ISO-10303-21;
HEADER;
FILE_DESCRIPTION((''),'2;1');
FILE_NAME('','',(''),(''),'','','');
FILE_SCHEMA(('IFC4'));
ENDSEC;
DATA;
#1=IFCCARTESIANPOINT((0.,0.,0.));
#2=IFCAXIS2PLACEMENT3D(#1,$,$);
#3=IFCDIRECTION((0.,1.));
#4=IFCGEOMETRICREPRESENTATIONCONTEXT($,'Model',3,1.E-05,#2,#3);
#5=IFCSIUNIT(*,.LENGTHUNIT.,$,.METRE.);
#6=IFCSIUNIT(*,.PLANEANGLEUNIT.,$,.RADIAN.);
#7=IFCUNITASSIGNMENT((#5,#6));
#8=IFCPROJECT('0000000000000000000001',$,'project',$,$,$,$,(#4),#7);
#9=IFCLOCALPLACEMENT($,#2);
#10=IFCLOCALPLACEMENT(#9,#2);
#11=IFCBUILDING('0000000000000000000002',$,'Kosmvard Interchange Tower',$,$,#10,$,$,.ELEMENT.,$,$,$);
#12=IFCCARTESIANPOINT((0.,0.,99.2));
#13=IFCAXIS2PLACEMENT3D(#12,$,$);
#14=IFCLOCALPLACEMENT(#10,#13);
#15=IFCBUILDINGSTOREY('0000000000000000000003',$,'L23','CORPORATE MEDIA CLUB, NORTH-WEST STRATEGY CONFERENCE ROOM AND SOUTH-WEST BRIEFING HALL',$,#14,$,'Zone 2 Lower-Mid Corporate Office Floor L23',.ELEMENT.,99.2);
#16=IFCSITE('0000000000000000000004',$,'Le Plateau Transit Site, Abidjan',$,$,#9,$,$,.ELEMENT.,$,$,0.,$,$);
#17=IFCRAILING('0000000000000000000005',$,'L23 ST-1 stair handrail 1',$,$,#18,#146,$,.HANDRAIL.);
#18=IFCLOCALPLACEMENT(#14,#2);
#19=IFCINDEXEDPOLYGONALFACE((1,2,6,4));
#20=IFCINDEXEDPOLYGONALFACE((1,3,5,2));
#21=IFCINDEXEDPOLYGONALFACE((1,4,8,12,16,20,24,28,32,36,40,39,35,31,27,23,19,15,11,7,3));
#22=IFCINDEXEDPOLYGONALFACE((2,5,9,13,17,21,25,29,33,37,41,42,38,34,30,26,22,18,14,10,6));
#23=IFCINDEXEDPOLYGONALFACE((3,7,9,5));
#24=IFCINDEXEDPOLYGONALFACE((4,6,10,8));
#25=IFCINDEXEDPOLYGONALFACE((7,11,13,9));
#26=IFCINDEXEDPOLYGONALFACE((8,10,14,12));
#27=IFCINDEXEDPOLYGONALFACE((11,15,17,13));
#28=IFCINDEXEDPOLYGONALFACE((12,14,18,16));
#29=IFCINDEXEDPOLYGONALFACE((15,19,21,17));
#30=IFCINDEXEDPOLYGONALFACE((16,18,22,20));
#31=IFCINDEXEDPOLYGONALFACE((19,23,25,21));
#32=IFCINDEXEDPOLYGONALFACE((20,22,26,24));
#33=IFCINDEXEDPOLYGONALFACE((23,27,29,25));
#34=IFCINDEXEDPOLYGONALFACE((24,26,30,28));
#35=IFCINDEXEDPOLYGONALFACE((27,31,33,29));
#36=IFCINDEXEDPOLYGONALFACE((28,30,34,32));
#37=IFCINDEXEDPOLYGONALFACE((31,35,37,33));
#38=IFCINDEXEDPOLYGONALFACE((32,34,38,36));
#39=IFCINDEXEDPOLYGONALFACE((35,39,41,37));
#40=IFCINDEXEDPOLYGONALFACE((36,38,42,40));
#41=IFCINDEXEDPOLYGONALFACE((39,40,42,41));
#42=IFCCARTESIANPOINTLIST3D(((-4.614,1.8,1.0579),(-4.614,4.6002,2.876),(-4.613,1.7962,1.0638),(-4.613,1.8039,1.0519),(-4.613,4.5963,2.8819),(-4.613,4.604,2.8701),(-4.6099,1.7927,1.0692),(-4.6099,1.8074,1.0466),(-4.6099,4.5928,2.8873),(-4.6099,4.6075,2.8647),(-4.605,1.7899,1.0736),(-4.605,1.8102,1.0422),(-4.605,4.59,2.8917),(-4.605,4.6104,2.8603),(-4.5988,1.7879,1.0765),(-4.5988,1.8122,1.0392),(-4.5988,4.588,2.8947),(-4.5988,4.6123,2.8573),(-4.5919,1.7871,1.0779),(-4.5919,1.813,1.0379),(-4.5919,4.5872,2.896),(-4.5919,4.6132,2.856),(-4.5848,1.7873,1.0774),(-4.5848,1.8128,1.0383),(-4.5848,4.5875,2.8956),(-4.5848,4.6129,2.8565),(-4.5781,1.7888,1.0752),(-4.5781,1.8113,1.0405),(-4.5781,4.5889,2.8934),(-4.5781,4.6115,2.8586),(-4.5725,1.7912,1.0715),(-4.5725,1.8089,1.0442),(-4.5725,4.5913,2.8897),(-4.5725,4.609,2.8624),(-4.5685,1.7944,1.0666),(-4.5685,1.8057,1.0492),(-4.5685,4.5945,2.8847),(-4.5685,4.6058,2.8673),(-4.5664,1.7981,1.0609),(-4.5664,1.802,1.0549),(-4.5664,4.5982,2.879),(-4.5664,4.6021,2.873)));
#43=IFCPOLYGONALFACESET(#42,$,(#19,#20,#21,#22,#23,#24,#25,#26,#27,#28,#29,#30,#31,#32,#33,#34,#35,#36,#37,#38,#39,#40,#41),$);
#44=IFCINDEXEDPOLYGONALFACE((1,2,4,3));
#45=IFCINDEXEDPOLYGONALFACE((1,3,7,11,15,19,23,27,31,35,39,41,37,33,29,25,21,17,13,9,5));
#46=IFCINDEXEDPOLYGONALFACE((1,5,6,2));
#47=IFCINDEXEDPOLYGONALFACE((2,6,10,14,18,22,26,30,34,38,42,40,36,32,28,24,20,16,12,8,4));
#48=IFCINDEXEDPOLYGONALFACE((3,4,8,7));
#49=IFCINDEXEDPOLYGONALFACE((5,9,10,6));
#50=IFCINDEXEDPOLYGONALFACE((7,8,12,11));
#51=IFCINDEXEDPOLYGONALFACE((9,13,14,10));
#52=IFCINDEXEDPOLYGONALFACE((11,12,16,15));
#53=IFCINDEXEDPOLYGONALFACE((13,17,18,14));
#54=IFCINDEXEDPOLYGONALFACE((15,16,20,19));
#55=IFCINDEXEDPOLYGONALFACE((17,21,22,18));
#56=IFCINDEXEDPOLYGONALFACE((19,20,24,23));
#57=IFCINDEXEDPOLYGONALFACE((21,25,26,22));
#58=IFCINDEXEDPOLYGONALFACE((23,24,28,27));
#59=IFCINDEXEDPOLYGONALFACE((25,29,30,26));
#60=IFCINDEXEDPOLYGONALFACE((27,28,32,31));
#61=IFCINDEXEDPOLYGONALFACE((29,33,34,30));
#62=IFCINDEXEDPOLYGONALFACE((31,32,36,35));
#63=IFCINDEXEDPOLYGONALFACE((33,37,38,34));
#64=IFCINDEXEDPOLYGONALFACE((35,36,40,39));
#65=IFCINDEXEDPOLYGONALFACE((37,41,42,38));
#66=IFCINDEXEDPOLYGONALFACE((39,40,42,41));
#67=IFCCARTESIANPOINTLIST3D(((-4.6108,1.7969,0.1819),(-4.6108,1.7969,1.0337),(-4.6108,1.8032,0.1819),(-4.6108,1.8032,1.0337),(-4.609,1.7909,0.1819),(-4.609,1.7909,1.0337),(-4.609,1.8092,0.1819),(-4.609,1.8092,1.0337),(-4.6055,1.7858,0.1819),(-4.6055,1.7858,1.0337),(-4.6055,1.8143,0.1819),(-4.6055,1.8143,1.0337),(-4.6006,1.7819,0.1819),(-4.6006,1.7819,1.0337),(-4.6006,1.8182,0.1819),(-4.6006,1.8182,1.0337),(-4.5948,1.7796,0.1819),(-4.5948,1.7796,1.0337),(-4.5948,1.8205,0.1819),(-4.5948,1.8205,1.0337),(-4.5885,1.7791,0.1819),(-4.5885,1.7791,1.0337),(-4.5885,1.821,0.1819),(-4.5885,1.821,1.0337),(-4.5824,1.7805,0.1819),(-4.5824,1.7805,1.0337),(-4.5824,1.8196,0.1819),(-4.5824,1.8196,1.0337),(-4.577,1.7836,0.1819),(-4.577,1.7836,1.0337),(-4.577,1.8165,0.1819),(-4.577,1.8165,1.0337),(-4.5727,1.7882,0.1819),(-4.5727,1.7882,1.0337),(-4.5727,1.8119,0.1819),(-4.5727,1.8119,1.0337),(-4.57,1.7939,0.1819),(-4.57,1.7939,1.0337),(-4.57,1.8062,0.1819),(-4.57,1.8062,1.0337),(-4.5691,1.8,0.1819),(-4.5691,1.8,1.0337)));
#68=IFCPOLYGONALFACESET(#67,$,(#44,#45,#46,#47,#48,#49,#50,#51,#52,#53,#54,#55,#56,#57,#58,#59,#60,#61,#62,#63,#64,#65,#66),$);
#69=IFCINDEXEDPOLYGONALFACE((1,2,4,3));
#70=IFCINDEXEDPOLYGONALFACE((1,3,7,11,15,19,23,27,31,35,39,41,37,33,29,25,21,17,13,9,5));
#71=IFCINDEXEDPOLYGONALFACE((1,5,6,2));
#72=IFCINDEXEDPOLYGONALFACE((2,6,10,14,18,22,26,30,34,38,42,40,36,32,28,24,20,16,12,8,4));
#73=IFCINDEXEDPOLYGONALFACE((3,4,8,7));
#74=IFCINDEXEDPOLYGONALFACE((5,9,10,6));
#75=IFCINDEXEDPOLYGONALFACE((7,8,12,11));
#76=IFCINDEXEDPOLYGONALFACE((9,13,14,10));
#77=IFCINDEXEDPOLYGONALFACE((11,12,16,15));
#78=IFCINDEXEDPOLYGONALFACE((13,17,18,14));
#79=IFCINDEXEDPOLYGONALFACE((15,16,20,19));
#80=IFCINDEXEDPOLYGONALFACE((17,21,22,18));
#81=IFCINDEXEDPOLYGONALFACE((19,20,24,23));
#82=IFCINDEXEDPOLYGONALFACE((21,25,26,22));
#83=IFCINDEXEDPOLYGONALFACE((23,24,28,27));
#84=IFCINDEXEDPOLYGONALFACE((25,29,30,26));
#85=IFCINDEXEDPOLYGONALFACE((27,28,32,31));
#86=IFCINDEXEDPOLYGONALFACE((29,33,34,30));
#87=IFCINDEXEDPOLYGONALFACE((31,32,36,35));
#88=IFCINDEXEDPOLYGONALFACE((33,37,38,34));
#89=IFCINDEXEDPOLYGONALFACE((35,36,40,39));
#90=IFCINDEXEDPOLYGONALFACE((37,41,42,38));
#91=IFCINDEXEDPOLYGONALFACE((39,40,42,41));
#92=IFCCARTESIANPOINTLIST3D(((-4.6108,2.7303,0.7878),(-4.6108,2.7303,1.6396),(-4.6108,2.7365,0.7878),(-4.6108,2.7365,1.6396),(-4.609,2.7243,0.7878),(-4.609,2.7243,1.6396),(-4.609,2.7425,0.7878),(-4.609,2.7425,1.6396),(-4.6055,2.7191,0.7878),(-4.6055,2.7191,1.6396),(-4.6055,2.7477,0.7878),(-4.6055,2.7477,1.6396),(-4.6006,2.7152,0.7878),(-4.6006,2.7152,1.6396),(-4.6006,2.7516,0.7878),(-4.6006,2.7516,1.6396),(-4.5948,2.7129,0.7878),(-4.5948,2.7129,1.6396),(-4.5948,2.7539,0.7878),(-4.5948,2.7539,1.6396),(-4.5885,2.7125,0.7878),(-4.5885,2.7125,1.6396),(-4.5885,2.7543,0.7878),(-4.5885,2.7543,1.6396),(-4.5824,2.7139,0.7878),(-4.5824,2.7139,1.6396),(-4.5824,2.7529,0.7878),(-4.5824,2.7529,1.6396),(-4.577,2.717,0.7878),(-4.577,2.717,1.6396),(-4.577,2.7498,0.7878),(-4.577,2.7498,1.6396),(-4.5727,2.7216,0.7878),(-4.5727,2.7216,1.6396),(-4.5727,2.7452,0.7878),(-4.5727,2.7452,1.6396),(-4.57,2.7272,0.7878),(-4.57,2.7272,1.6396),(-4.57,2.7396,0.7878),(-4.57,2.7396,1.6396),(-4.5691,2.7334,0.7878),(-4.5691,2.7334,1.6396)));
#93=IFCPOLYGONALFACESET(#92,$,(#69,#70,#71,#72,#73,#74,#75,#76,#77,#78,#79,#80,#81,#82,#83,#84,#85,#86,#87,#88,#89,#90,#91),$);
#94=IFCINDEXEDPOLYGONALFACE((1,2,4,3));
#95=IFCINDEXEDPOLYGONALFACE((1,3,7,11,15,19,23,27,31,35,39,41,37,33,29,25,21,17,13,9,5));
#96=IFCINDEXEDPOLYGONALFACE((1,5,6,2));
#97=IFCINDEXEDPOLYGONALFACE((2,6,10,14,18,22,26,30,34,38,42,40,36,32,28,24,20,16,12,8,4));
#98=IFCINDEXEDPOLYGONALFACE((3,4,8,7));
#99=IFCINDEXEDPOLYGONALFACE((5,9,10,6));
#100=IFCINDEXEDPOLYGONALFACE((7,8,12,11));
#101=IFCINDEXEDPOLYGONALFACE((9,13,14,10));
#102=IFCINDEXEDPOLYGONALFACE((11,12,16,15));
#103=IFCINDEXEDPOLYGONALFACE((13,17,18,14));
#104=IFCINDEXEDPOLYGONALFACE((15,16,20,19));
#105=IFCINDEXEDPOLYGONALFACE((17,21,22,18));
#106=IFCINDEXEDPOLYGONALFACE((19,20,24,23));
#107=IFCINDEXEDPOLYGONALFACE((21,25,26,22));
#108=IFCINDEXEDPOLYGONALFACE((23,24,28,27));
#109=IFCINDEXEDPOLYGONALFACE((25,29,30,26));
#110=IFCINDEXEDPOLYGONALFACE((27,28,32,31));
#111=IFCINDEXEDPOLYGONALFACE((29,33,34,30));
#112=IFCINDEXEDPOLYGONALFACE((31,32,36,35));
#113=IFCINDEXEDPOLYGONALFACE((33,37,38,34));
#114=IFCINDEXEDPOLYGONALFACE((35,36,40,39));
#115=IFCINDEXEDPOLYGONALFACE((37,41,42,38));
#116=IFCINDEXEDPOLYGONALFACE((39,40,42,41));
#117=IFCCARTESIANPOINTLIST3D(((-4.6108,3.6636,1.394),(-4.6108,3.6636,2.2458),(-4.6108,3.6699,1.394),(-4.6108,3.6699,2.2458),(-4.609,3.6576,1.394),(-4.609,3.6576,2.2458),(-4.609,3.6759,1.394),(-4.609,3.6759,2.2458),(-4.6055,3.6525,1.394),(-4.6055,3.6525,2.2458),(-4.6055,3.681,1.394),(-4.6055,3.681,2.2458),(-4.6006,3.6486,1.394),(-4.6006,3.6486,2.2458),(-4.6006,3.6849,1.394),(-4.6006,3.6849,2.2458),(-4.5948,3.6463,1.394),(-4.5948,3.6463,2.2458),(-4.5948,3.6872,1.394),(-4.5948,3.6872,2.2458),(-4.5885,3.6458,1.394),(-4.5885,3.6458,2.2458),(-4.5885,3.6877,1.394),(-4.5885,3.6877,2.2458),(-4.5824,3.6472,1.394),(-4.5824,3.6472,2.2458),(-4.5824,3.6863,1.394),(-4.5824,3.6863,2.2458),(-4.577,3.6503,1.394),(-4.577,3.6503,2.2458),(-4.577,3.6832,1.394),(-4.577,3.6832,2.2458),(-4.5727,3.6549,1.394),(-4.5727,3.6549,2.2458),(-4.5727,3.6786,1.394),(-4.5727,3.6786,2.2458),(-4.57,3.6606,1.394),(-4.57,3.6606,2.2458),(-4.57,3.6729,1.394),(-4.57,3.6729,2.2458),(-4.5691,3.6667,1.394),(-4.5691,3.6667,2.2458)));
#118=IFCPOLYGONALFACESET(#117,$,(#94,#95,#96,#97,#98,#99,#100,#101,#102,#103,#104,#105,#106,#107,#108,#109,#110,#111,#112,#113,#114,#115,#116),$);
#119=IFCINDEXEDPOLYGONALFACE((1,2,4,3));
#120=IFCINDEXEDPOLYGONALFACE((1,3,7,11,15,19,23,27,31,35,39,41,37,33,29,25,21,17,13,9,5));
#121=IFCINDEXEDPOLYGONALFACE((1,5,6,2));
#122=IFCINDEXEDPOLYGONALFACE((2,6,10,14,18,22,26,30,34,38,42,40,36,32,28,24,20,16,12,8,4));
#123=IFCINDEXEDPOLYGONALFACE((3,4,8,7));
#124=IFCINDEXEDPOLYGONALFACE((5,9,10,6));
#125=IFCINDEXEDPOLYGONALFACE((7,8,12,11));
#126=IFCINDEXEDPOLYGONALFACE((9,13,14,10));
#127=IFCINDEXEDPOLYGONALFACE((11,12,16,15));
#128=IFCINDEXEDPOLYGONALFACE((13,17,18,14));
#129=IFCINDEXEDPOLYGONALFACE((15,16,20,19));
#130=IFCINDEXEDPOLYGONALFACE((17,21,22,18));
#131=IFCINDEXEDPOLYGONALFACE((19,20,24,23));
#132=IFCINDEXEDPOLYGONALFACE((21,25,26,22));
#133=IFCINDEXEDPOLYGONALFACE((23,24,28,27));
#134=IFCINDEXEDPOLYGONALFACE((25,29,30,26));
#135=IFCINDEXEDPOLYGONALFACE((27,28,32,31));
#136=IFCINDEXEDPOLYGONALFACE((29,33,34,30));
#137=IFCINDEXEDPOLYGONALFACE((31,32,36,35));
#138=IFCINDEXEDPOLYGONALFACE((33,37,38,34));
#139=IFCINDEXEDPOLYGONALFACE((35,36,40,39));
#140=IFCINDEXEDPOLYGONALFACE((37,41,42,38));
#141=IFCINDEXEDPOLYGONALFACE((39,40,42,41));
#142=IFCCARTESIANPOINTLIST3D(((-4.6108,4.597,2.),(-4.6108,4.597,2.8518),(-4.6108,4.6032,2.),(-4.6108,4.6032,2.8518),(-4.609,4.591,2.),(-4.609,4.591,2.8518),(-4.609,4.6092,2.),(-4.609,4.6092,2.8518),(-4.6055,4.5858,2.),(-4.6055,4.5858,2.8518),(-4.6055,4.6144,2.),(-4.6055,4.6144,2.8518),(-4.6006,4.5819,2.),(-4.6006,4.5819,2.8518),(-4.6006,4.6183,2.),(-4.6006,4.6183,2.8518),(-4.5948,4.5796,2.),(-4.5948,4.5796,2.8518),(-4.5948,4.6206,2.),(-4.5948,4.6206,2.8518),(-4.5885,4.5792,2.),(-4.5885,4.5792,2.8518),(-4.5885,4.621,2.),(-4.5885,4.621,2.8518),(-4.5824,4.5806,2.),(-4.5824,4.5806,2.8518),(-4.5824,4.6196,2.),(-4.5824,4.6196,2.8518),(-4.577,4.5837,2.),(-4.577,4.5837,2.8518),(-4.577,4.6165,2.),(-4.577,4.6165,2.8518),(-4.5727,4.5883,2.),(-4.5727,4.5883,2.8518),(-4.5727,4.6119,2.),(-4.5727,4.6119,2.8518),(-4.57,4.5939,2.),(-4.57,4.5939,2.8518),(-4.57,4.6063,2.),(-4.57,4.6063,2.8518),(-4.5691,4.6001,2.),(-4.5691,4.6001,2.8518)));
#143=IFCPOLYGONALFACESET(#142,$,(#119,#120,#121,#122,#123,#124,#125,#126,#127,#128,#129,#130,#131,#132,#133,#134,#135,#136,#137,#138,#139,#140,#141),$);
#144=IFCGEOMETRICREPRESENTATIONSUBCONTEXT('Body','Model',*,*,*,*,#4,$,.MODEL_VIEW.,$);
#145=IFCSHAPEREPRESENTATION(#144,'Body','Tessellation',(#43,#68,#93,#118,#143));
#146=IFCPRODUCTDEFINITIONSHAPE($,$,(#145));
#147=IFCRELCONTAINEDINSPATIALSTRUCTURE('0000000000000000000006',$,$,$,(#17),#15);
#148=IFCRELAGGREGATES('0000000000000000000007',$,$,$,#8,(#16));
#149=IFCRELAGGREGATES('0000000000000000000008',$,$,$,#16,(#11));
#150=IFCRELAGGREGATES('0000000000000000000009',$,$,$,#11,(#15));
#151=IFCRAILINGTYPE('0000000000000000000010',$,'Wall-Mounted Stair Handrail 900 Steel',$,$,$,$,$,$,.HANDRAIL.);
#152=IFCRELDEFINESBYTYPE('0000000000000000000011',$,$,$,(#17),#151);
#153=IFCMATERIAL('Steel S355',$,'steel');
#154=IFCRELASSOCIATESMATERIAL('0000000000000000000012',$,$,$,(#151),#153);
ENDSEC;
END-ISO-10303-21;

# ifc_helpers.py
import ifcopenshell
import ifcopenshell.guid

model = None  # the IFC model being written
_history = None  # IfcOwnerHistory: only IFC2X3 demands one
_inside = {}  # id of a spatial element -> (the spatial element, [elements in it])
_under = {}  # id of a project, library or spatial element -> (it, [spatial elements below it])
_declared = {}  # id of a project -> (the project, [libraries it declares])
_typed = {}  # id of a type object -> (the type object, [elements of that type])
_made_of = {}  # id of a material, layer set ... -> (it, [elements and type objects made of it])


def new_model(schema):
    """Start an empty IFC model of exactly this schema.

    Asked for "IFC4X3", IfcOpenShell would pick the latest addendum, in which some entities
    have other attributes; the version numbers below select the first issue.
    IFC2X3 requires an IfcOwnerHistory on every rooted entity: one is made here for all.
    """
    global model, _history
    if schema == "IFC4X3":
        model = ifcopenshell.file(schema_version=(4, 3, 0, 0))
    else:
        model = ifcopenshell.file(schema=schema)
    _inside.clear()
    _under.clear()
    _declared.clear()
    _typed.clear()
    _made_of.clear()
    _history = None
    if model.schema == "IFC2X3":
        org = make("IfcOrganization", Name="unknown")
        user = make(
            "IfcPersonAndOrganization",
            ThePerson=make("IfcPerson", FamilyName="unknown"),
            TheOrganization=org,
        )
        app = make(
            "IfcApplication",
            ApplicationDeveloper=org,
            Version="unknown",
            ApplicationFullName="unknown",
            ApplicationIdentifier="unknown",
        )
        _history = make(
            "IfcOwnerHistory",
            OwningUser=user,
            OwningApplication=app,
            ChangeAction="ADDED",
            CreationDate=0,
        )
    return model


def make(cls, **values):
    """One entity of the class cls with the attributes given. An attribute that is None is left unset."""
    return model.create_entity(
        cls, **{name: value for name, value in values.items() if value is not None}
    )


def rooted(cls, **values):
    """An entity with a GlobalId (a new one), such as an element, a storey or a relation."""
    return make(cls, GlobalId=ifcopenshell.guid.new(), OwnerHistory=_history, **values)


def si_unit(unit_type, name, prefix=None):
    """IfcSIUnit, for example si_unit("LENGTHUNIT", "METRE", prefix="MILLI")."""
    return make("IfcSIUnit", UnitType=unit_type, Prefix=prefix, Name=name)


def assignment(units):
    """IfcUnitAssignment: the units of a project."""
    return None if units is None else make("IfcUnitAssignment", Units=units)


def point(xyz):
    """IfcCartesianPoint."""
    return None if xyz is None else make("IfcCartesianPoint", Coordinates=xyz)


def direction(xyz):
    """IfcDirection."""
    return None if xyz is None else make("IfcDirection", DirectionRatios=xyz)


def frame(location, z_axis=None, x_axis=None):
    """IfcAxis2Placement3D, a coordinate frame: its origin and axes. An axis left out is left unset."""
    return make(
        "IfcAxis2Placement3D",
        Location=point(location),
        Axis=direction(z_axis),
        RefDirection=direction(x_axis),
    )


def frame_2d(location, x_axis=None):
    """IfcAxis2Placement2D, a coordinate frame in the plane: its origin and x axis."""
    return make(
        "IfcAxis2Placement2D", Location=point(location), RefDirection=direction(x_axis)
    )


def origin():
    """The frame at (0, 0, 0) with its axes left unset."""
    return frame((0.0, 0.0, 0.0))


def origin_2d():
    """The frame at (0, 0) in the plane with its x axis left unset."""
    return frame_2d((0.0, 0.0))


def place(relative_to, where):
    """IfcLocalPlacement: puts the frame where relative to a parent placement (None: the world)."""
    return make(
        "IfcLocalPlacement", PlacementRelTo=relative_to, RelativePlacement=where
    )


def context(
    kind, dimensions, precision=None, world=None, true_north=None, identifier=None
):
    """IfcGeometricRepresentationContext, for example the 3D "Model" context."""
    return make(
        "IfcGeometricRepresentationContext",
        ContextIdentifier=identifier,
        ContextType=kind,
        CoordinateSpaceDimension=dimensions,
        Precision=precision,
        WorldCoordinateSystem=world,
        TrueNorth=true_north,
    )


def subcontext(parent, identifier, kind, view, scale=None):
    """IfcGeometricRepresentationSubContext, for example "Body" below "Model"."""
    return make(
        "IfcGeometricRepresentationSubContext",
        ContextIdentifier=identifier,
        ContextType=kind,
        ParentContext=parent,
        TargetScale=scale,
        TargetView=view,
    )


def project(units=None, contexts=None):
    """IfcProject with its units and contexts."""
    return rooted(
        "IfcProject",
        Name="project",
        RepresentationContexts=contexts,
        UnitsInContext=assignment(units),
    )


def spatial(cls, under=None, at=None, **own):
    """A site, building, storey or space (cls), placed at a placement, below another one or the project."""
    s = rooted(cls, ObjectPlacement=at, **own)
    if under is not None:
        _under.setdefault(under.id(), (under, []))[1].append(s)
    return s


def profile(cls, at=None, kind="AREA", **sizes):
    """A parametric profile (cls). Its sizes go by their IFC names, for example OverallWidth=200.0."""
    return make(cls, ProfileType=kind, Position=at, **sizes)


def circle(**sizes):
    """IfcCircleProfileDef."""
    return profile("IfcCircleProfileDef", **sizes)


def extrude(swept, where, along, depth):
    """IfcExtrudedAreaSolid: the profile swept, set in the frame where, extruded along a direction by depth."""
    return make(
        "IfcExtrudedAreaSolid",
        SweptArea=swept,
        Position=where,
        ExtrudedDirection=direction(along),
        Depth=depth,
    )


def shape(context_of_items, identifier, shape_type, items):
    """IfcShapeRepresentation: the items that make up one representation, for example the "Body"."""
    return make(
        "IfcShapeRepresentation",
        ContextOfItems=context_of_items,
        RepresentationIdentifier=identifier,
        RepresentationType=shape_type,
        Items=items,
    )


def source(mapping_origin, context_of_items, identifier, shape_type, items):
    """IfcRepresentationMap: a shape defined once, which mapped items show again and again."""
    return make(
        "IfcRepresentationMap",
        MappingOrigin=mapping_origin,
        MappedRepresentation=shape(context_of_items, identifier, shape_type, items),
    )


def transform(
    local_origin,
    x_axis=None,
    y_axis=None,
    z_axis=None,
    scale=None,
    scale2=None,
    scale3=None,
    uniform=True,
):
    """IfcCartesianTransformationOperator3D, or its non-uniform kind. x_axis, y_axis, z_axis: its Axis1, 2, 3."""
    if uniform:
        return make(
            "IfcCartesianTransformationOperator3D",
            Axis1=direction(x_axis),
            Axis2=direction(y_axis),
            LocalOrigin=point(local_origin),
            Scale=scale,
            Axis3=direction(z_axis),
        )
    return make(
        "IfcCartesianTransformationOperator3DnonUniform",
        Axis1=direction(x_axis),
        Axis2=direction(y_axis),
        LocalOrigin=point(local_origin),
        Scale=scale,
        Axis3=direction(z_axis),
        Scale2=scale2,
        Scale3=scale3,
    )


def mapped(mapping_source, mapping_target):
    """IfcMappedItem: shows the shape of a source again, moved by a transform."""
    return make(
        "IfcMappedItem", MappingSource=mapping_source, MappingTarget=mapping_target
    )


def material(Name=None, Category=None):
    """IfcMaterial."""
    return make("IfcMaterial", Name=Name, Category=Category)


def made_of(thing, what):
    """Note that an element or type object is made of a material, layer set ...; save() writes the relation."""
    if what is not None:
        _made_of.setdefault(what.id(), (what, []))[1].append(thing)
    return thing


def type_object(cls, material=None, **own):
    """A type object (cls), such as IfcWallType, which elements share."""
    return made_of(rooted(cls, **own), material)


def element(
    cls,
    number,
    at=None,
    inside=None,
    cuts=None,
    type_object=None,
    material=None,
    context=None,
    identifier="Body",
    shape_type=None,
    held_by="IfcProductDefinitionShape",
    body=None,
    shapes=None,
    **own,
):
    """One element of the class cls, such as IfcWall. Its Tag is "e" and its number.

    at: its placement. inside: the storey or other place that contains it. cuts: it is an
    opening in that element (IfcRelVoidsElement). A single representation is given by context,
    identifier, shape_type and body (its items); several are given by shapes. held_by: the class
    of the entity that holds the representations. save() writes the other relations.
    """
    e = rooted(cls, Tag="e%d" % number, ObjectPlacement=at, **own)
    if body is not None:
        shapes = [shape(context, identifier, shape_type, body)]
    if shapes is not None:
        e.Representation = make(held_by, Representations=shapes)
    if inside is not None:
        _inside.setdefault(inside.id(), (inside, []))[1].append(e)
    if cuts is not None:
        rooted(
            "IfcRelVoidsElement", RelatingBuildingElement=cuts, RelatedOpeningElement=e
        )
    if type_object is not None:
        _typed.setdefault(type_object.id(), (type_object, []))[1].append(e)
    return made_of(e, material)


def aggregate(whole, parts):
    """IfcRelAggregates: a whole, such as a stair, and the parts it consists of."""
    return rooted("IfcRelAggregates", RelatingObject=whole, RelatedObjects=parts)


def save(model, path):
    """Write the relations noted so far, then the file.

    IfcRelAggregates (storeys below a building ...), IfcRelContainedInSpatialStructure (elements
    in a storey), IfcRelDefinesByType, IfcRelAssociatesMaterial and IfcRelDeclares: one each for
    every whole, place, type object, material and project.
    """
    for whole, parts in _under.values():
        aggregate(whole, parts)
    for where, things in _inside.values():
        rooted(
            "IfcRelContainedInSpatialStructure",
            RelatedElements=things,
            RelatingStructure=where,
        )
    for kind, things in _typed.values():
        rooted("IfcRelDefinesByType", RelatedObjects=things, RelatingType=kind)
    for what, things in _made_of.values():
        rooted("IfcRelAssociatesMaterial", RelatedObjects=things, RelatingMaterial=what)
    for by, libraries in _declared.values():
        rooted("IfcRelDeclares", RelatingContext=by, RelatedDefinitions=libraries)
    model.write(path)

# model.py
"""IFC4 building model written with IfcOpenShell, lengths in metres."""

from ifc_helpers import new_model, si_unit, direction, frame, origin, origin_2d, place, context, subcontext, project, spatial, circle, extrude, source, transform, mapped, material, type_object, element, save


model = new_model("IFC4")

# Units and contexts
model_context = context("Model", 3, precision=1e-05, world=origin(), true_north=direction((0.0, 1.0)))
body_context = subcontext(model_context, "Body", "Model", "MODEL_VIEW")
ifc_project = project(units=[si_unit("LENGTHUNIT", "METRE"), si_unit("PLANEANGLEUNIT", "RADIAN")], contexts=[model_context])

# Site, building, storey
site_placement = place(None, origin())
site = spatial("IfcSite", under=ifc_project, at=site_placement, Name="Le Plateau Transit Site, Abidjan", CompositionType="ELEMENT", RefElevation=0.0)
building_placement = place(site_placement, origin())
building = spatial("IfcBuilding", under=site, at=building_placement, Name="Kosmvard Interchange Tower", CompositionType="ELEMENT")
storey_placement = place(building_placement, frame((0.0, 0.0, 99.2)))
storey = spatial("IfcBuildingStorey", under=building, at=storey_placement, Name="L23", Description="CORPORATE MEDIA CLUB, NORTH-WEST STRATEGY CONFERENCE ROOM AND SOUTH-WEST BRIEFING HALL", LongName="Zone 2 Lower-Mid Corporate Office Floor L23", CompositionType="ELEMENT", Elevation=99.2)

# Shared definitions
ifc_material_1 = material(Name="Steel S355", Category="steel")

# Railing
railing_type_1 = type_object("IfcRailingType", Name="Wall-Mounted Stair Handrail 900 Steel", PredefinedType="HANDRAIL", material=ifc_material_1)
shared_shape_1 = source(origin(), body_context, "Body", "SweptSolid", [
    extrude(circle(Radius=0.0239, at=origin_2d()), frame((0.0, 0.0, 0.876), z_axis=(0.0, 0.838706, 0.544585), x_axis=(-1.0, 0.0, 0.0)), (0.0, 0.0, 1.0), 3.3386),
    extrude(circle(Radius=0.021, at=origin_2d()), origin(), (0.0, 0.0, 1.0), 0.8518),
    extrude(circle(Radius=0.021, at=origin_2d()), frame((0.0, 0.9333, 0.606)), (0.0, 0.0, 1.0), 0.8518),
    extrude(circle(Radius=0.021, at=origin_2d()), frame((0.0, 1.8667, 1.2122)), (0.0, 0.0, 1.0), 0.8518),
    extrude(circle(Radius=0.021, at=origin_2d()), frame((0.0, 2.8, 1.8181)), (0.0, 0.0, 1.0), 0.8518),
])
railing_1_placement = place(storey_placement, frame((-4.5901, 1.8, 0.1819)))
element("IfcRailing", 1, at=railing_1_placement, inside=storey, type_object=railing_type_1, Name="L23 ST-1 stair handrail 1", PredefinedType="HANDRAIL", context=body_context, shape_type="MappedRepresentation", body=[
    mapped(shared_shape_1, transform((0.0, 0.0, 0.0), scale=1.0)),
])

save(model, "model.ifc")
